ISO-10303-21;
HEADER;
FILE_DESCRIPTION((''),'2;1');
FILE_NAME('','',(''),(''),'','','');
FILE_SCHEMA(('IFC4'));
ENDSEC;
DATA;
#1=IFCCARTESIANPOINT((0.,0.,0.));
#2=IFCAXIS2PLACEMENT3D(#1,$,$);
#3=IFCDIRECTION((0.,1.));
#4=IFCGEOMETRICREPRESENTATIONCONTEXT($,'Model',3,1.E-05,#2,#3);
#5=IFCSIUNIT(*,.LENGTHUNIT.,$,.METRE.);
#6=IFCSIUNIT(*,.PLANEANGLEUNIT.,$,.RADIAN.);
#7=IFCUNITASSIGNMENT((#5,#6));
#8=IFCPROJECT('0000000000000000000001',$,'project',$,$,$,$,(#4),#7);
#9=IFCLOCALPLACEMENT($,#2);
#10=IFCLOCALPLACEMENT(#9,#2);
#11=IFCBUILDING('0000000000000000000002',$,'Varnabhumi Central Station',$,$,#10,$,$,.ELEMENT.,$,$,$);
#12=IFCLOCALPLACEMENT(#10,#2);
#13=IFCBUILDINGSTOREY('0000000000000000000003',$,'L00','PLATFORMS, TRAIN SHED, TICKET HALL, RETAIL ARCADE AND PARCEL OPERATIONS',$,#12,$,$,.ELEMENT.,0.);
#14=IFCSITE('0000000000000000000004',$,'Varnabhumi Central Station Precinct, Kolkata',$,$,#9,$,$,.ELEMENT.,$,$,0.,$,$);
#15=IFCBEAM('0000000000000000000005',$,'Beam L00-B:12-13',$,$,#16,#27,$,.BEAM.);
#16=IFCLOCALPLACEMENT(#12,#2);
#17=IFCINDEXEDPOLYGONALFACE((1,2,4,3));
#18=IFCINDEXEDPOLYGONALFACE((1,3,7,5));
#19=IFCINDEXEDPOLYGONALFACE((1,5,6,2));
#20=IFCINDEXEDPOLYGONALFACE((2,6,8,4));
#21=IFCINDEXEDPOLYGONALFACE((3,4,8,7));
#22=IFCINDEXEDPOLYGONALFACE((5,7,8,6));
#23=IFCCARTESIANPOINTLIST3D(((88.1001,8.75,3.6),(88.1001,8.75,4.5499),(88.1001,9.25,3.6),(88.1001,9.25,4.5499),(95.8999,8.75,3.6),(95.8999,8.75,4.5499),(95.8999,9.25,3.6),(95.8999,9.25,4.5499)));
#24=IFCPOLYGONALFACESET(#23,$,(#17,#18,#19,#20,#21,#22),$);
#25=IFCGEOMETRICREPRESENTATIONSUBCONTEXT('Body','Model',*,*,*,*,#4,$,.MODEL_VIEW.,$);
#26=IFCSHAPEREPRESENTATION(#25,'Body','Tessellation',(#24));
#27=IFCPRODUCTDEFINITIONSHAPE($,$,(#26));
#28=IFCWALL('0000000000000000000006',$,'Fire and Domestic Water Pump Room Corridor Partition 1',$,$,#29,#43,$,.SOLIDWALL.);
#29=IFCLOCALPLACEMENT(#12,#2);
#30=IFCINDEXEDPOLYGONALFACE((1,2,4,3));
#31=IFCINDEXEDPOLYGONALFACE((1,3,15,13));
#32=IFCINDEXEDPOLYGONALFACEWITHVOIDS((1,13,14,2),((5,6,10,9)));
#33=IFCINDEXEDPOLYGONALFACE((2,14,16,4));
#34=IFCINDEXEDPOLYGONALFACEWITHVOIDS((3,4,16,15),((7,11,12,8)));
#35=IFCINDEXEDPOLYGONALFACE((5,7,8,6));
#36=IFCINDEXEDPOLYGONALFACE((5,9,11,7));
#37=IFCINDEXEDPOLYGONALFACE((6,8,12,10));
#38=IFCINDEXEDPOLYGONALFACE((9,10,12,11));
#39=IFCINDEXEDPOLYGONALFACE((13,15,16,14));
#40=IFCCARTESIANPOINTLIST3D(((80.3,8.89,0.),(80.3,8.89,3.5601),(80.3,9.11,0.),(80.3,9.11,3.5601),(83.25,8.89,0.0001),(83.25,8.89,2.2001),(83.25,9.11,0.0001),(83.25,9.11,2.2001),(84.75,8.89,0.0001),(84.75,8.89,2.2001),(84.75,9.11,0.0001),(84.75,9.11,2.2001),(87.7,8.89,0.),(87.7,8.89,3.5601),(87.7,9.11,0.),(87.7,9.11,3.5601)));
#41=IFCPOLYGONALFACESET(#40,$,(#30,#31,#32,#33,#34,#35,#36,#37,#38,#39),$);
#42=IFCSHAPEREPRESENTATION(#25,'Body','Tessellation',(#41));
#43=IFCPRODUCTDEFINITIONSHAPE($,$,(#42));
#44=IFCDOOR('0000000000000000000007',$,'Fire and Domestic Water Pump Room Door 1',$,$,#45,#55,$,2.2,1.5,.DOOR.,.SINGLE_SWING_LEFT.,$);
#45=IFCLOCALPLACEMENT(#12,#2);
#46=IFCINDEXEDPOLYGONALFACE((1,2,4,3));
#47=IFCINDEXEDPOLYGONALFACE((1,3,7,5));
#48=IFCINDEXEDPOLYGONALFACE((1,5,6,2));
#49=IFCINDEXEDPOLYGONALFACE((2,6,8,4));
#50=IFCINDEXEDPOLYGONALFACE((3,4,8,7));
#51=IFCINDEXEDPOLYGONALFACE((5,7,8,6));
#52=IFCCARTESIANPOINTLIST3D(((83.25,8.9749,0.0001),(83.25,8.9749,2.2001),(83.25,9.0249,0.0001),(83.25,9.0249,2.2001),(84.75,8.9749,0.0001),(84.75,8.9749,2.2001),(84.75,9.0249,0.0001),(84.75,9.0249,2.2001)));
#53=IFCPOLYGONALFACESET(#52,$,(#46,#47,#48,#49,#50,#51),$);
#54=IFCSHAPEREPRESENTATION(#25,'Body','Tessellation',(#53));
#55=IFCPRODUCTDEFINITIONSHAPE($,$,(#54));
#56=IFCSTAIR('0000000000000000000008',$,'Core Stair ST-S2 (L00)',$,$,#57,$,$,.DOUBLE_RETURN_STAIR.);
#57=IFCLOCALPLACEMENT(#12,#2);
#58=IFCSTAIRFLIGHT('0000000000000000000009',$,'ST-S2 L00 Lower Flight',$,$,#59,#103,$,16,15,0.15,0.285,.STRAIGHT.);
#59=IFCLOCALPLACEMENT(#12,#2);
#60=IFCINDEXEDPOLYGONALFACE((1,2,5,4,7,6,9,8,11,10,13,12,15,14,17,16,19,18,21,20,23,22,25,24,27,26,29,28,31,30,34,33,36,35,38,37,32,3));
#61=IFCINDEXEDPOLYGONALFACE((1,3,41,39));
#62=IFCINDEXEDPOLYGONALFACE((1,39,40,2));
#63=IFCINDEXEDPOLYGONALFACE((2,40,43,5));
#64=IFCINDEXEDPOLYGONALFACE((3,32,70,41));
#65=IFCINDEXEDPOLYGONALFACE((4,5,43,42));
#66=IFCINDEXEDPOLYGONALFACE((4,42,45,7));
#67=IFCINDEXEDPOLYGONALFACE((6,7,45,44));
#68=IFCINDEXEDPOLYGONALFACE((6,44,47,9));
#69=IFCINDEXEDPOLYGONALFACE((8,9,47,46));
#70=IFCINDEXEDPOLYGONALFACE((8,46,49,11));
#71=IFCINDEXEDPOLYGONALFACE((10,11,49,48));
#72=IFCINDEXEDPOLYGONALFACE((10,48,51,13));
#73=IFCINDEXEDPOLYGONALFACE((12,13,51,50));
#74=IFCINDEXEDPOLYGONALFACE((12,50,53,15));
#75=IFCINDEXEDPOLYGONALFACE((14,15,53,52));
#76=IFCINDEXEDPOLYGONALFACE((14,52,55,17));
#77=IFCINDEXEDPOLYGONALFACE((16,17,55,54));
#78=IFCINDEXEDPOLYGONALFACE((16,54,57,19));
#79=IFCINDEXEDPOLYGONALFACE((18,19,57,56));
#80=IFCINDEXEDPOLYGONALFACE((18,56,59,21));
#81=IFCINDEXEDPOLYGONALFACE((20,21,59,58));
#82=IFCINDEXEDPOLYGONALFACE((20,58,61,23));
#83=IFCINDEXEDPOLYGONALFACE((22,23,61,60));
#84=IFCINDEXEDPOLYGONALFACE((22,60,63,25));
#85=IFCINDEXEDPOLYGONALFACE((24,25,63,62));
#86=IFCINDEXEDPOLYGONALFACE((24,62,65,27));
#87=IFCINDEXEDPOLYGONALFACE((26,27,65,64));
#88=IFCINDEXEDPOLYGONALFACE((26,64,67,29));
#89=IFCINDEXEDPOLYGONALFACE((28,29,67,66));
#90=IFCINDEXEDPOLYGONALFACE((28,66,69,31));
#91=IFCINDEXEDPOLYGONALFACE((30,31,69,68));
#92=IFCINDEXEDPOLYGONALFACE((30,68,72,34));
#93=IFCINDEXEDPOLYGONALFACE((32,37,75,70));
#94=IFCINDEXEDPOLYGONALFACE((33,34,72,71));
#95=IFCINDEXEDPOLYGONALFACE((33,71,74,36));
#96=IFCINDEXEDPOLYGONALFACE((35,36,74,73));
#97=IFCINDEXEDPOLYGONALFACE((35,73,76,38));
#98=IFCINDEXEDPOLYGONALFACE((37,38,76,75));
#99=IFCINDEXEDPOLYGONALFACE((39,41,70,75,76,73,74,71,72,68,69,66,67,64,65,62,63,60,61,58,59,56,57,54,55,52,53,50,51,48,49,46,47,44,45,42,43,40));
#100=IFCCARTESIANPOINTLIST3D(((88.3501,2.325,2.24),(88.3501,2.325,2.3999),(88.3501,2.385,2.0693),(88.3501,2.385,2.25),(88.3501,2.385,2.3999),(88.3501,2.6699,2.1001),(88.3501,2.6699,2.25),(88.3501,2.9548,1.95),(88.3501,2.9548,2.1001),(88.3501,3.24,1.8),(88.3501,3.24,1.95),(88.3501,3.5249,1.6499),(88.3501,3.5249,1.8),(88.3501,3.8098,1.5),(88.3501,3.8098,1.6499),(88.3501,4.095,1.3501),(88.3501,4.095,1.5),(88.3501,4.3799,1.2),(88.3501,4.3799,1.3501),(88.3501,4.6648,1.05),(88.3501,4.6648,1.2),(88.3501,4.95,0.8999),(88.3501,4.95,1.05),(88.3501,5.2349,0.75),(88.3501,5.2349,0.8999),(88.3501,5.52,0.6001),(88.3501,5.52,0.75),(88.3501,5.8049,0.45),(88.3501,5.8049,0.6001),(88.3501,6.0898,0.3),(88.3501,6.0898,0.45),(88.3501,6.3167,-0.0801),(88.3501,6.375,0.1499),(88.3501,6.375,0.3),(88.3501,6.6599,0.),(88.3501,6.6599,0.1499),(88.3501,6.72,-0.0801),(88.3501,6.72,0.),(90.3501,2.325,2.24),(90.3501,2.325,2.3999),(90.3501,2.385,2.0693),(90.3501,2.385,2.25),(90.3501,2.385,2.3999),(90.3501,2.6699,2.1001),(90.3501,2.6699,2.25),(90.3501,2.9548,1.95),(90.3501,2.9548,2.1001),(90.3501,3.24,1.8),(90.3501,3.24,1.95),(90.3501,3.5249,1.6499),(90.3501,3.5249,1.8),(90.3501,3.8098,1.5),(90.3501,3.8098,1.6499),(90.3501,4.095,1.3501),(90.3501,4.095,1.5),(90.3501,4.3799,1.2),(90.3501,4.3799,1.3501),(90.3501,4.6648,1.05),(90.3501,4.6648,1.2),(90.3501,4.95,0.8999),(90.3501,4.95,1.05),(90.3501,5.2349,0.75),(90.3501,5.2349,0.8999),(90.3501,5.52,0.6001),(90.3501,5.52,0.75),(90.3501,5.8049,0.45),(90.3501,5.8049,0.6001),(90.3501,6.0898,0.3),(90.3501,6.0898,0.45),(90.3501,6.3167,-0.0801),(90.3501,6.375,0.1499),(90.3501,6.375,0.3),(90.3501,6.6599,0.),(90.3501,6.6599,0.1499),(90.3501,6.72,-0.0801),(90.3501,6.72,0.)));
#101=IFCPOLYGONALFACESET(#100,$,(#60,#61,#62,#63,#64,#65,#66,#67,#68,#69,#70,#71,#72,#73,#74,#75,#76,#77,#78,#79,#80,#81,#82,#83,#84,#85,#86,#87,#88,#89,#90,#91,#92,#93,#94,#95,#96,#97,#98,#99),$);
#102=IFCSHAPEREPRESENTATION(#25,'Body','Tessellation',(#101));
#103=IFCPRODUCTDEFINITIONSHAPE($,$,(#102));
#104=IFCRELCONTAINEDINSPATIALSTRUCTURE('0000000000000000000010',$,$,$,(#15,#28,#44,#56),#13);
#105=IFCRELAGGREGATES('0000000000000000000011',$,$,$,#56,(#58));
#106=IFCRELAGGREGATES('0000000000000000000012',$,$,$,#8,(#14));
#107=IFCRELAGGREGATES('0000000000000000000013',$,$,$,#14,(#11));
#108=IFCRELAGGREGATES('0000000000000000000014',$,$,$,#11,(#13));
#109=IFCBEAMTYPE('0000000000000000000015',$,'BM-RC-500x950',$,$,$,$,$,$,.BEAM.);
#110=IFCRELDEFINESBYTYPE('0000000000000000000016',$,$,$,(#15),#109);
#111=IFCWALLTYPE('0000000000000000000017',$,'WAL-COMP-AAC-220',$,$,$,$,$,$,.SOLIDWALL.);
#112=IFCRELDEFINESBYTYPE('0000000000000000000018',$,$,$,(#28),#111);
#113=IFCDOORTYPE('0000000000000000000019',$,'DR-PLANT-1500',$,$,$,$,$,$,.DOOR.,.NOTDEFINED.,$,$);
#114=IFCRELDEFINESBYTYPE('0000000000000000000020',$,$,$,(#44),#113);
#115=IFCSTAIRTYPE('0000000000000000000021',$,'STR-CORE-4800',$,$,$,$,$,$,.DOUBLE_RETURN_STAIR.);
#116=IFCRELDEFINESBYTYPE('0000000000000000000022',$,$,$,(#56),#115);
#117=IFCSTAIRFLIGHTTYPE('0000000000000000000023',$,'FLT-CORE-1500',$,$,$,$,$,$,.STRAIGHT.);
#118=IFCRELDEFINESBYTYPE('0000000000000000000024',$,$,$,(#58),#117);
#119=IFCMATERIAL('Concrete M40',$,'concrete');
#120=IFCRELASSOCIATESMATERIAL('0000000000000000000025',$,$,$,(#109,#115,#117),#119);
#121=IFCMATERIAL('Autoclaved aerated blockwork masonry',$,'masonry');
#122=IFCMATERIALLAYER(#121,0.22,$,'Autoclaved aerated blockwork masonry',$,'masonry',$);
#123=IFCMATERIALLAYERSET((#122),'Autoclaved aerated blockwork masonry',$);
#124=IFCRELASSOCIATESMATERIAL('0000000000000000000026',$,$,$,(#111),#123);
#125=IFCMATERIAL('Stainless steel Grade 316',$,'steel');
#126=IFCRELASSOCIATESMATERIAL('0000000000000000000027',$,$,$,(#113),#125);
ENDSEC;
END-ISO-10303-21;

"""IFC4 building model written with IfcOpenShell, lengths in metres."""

from ifc_helpers import new_model, si_unit, direction, frame, frame_2d, origin, origin_2d, place, context, subcontext, project, spatial, polyline, rectangle, outline, extrude, material, layer, layer_set, material_profile, profile_set, type_object, element, fill, aggregate, save


model = new_model("IFC4")

# Units and contexts
model_context = context("Model", 3, precision=1e-05, world=origin(), true_north=direction((0.0, 1.0)))
body_context = subcontext(model_context, "Body", "Model", "MODEL_VIEW")
ifc_project = project(units=[si_unit("LENGTHUNIT", "METRE"), si_unit("PLANEANGLEUNIT", "RADIAN")], contexts=[model_context])

# Site, building, storey
site_placement = place(None, origin())
site = spatial("IfcSite", under=ifc_project, at=site_placement, Name="Varnabhumi Central Station Precinct, Kolkata", CompositionType="ELEMENT", RefElevation=0.0)
building_placement = place(site_placement, origin())
building = spatial("IfcBuilding", under=site, at=building_placement, Name="Varnabhumi Central Station", CompositionType="ELEMENT")
storey_placement = place(building_placement, origin())
storey = spatial("IfcBuildingStorey", under=building, at=storey_placement, Name="L00", Description="PLATFORMS, TRAIN SHED, TICKET HALL, RETAIL ARCADE AND PARCEL OPERATIONS", CompositionType="ELEMENT", Elevation=0.0)

# Shared definitions
ifc_material_1 = material(Name="Concrete M40", Category="concrete")

# Beam
ifc_material_profile_1 = material_profile(ifc_material_1, rectangle(XDim=0.5, YDim=0.95, at=origin_2d()), Name="Concrete M40", Category="concrete")
ifc_profile_set_1 = profile_set([ifc_material_profile_1], Name="Concrete M40")
beam_type_1 = type_object("IfcBeamType", Name="BM-RC-500x950", PredefinedType="BEAM", material=ifc_profile_set_1)
for number, where, z_axis, x_axis, name in (
    (1, (88.1001, 9.0, 4.075), (1.0, 0.0, 0.0), (0.0, 1.0, 0.0), "Beam L00-B:12-13"),
):
    element("IfcBeam", number, at=place(storey_placement, frame(where, z_axis=z_axis, x_axis=x_axis)), inside=storey, type_object=beam_type_1, Name=name, PredefinedType="BEAM", context=body_context, shape_type="SweptSolid", body=[
        extrude(rectangle(XDim=0.5, YDim=0.95, at=origin_2d()), origin(), (0.0, 0.0, 1.0), 7.7998),
    ])

# Wall, opening, door
ifc_material_2 = material(Name="Autoclaved aerated blockwork masonry", Category="masonry")
ifc_layer_1 = layer(ifc_material_2, 0.22, Name="Autoclaved aerated blockwork masonry", Category="masonry")
ifc_layer_set_1 = layer_set([ifc_layer_1], Name="Autoclaved aerated blockwork masonry")
wall_type_1 = type_object("IfcWallType", Name="WAL-COMP-AAC-220", PredefinedType="SOLIDWALL", material=ifc_layer_set_1)
wall_1_placement = place(storey_placement, frame((80.3, 9.0, 0.0), z_axis=(0.0, 0.0, 1.0), x_axis=(1.0, 0.0, 0.0)))
wall_1 = element("IfcWall", 2, at=wall_1_placement, inside=storey, type_object=wall_type_1, Name="Fire and Domestic Water Pump Room Corridor Partition 1", PredefinedType="SOLIDWALL", context=body_context, shape_type="SweptSolid", body=[
    extrude(rectangle(XDim=7.3999, YDim=0.22, at=frame_2d((3.7, 0.0))), origin(), (0.0, 0.0, 1.0), 3.5601),
])
opening_1_placement = place(wall_1_placement, frame((2.95, 0.0, 0.0)))
opening_1 = element("IfcOpeningElement", 3, at=opening_1_placement, cuts=wall_1, PredefinedType="OPENING", context=body_context, shape_type="SweptSolid", body=[
    extrude(rectangle(XDim=1.5, YDim=2.2, at=frame_2d((0.75, 1.1001))), frame((0.0, 0.1199, 0.0), z_axis=(0.0, -1.0, 0.0), x_axis=(1.0, 0.0, 0.0)), (0.0, 0.0, 1.0), 0.24),
])
ifc_material_3 = material(Name="Stainless steel Grade 316", Category="steel")
door_type_1 = type_object("IfcDoorType", Name="DR-PLANT-1500", OperationType="NOTDEFINED", PredefinedType="DOOR", material=ifc_material_3)
door_1_placement = place(opening_1_placement, origin())
door_1 = element("IfcDoor", 4, at=door_1_placement, inside=storey, type_object=door_type_1, Name="Fire and Domestic Water Pump Room Door 1", OperationType="SINGLE_SWING_LEFT", OverallHeight=2.2, OverallWidth=1.5, PredefinedType="DOOR", context=body_context, shape_type="SweptSolid", body=[
    extrude(rectangle(XDim=1.5, YDim=2.2, at=frame_2d((0.75, 1.1001))), frame((0.0, 0.0249, 0.0), z_axis=(0.0, -1.0, 0.0), x_axis=(1.0, 0.0, 0.0)), (0.0, 0.0, 1.0), 0.05),
])
fill(opening_1, door_1)

# Stair, stair flight
stair_type = type_object("IfcStairType", Name="STR-CORE-4800", PredefinedType="DOUBLE_RETURN_STAIR", material=ifc_material_1)
stair_placement = place(storey_placement, origin())
stair = element("IfcStair", 5, at=stair_placement, inside=storey, type_object=stair_type, Name="Core Stair ST-S2 (L00)", PredefinedType="DOUBLE_RETURN_STAIR")
stair_flight_type = type_object("IfcStairFlightType", Name="FLT-CORE-1500", PredefinedType="STRAIGHT", material=ifc_material_1)
stair_flight_placement = place(storey_placement, frame((89.3501, 6.6599, 0.0), z_axis=(0.0, 0.0, 1.0), x_axis=(0.0, -1.0, 0.0)))
stair_flight = element("IfcStairFlight", 6, at=stair_flight_placement, type_object=stair_flight_type, Name="ST-S2 L00 Lower Flight", NumberOfRisers=16, NumberOfTreads=15, PredefinedType="STRAIGHT", RiserHeight=0.15, TreadLength=0.285, context=body_context, shape_type="SweptSolid", body=[
    extrude(outline(polyline([(-0.0601, -0.0801), (-0.0601, 0.0), (0.0, 0.0), (0.0, 0.1499), (0.2849, 0.1499), (0.2849, 0.3), (0.5701, 0.3), (0.5701, 0.45), (0.855, 0.45), (0.855, 0.6001), (1.1399, 0.6001), (1.1399, 0.75), (1.425, 0.75), (1.425, 0.8999), (1.71, 0.8999), (1.71, 1.05), (1.9951, 1.05), (1.9951, 1.2), (2.28, 1.2), (2.28, 1.3501), (2.5649, 1.3501), (2.5649, 1.5), (2.8501, 1.5), (2.8501, 1.6499), (3.135, 1.6499), (3.135, 1.8), (3.4199, 1.8), (3.4199, 1.95), (3.7051, 1.95), (3.7051, 2.1001), (3.99, 2.1001), (3.99, 2.25), (4.2749, 2.25), (4.2749, 2.3999), (4.335, 2.3999), (4.335, 2.24), (4.2749, 2.0693), (0.3433, -0.0801), (-0.0601, -0.0801)])), frame((0.0, 1.0, 0.0), z_axis=(0.0, -1.0, 0.0), x_axis=(1.0, 0.0, 0.0)), (0.0, 0.0, 1.0), 2.0),
])
aggregate(stair, [stair_flight])

save(model, "model.ifc")
